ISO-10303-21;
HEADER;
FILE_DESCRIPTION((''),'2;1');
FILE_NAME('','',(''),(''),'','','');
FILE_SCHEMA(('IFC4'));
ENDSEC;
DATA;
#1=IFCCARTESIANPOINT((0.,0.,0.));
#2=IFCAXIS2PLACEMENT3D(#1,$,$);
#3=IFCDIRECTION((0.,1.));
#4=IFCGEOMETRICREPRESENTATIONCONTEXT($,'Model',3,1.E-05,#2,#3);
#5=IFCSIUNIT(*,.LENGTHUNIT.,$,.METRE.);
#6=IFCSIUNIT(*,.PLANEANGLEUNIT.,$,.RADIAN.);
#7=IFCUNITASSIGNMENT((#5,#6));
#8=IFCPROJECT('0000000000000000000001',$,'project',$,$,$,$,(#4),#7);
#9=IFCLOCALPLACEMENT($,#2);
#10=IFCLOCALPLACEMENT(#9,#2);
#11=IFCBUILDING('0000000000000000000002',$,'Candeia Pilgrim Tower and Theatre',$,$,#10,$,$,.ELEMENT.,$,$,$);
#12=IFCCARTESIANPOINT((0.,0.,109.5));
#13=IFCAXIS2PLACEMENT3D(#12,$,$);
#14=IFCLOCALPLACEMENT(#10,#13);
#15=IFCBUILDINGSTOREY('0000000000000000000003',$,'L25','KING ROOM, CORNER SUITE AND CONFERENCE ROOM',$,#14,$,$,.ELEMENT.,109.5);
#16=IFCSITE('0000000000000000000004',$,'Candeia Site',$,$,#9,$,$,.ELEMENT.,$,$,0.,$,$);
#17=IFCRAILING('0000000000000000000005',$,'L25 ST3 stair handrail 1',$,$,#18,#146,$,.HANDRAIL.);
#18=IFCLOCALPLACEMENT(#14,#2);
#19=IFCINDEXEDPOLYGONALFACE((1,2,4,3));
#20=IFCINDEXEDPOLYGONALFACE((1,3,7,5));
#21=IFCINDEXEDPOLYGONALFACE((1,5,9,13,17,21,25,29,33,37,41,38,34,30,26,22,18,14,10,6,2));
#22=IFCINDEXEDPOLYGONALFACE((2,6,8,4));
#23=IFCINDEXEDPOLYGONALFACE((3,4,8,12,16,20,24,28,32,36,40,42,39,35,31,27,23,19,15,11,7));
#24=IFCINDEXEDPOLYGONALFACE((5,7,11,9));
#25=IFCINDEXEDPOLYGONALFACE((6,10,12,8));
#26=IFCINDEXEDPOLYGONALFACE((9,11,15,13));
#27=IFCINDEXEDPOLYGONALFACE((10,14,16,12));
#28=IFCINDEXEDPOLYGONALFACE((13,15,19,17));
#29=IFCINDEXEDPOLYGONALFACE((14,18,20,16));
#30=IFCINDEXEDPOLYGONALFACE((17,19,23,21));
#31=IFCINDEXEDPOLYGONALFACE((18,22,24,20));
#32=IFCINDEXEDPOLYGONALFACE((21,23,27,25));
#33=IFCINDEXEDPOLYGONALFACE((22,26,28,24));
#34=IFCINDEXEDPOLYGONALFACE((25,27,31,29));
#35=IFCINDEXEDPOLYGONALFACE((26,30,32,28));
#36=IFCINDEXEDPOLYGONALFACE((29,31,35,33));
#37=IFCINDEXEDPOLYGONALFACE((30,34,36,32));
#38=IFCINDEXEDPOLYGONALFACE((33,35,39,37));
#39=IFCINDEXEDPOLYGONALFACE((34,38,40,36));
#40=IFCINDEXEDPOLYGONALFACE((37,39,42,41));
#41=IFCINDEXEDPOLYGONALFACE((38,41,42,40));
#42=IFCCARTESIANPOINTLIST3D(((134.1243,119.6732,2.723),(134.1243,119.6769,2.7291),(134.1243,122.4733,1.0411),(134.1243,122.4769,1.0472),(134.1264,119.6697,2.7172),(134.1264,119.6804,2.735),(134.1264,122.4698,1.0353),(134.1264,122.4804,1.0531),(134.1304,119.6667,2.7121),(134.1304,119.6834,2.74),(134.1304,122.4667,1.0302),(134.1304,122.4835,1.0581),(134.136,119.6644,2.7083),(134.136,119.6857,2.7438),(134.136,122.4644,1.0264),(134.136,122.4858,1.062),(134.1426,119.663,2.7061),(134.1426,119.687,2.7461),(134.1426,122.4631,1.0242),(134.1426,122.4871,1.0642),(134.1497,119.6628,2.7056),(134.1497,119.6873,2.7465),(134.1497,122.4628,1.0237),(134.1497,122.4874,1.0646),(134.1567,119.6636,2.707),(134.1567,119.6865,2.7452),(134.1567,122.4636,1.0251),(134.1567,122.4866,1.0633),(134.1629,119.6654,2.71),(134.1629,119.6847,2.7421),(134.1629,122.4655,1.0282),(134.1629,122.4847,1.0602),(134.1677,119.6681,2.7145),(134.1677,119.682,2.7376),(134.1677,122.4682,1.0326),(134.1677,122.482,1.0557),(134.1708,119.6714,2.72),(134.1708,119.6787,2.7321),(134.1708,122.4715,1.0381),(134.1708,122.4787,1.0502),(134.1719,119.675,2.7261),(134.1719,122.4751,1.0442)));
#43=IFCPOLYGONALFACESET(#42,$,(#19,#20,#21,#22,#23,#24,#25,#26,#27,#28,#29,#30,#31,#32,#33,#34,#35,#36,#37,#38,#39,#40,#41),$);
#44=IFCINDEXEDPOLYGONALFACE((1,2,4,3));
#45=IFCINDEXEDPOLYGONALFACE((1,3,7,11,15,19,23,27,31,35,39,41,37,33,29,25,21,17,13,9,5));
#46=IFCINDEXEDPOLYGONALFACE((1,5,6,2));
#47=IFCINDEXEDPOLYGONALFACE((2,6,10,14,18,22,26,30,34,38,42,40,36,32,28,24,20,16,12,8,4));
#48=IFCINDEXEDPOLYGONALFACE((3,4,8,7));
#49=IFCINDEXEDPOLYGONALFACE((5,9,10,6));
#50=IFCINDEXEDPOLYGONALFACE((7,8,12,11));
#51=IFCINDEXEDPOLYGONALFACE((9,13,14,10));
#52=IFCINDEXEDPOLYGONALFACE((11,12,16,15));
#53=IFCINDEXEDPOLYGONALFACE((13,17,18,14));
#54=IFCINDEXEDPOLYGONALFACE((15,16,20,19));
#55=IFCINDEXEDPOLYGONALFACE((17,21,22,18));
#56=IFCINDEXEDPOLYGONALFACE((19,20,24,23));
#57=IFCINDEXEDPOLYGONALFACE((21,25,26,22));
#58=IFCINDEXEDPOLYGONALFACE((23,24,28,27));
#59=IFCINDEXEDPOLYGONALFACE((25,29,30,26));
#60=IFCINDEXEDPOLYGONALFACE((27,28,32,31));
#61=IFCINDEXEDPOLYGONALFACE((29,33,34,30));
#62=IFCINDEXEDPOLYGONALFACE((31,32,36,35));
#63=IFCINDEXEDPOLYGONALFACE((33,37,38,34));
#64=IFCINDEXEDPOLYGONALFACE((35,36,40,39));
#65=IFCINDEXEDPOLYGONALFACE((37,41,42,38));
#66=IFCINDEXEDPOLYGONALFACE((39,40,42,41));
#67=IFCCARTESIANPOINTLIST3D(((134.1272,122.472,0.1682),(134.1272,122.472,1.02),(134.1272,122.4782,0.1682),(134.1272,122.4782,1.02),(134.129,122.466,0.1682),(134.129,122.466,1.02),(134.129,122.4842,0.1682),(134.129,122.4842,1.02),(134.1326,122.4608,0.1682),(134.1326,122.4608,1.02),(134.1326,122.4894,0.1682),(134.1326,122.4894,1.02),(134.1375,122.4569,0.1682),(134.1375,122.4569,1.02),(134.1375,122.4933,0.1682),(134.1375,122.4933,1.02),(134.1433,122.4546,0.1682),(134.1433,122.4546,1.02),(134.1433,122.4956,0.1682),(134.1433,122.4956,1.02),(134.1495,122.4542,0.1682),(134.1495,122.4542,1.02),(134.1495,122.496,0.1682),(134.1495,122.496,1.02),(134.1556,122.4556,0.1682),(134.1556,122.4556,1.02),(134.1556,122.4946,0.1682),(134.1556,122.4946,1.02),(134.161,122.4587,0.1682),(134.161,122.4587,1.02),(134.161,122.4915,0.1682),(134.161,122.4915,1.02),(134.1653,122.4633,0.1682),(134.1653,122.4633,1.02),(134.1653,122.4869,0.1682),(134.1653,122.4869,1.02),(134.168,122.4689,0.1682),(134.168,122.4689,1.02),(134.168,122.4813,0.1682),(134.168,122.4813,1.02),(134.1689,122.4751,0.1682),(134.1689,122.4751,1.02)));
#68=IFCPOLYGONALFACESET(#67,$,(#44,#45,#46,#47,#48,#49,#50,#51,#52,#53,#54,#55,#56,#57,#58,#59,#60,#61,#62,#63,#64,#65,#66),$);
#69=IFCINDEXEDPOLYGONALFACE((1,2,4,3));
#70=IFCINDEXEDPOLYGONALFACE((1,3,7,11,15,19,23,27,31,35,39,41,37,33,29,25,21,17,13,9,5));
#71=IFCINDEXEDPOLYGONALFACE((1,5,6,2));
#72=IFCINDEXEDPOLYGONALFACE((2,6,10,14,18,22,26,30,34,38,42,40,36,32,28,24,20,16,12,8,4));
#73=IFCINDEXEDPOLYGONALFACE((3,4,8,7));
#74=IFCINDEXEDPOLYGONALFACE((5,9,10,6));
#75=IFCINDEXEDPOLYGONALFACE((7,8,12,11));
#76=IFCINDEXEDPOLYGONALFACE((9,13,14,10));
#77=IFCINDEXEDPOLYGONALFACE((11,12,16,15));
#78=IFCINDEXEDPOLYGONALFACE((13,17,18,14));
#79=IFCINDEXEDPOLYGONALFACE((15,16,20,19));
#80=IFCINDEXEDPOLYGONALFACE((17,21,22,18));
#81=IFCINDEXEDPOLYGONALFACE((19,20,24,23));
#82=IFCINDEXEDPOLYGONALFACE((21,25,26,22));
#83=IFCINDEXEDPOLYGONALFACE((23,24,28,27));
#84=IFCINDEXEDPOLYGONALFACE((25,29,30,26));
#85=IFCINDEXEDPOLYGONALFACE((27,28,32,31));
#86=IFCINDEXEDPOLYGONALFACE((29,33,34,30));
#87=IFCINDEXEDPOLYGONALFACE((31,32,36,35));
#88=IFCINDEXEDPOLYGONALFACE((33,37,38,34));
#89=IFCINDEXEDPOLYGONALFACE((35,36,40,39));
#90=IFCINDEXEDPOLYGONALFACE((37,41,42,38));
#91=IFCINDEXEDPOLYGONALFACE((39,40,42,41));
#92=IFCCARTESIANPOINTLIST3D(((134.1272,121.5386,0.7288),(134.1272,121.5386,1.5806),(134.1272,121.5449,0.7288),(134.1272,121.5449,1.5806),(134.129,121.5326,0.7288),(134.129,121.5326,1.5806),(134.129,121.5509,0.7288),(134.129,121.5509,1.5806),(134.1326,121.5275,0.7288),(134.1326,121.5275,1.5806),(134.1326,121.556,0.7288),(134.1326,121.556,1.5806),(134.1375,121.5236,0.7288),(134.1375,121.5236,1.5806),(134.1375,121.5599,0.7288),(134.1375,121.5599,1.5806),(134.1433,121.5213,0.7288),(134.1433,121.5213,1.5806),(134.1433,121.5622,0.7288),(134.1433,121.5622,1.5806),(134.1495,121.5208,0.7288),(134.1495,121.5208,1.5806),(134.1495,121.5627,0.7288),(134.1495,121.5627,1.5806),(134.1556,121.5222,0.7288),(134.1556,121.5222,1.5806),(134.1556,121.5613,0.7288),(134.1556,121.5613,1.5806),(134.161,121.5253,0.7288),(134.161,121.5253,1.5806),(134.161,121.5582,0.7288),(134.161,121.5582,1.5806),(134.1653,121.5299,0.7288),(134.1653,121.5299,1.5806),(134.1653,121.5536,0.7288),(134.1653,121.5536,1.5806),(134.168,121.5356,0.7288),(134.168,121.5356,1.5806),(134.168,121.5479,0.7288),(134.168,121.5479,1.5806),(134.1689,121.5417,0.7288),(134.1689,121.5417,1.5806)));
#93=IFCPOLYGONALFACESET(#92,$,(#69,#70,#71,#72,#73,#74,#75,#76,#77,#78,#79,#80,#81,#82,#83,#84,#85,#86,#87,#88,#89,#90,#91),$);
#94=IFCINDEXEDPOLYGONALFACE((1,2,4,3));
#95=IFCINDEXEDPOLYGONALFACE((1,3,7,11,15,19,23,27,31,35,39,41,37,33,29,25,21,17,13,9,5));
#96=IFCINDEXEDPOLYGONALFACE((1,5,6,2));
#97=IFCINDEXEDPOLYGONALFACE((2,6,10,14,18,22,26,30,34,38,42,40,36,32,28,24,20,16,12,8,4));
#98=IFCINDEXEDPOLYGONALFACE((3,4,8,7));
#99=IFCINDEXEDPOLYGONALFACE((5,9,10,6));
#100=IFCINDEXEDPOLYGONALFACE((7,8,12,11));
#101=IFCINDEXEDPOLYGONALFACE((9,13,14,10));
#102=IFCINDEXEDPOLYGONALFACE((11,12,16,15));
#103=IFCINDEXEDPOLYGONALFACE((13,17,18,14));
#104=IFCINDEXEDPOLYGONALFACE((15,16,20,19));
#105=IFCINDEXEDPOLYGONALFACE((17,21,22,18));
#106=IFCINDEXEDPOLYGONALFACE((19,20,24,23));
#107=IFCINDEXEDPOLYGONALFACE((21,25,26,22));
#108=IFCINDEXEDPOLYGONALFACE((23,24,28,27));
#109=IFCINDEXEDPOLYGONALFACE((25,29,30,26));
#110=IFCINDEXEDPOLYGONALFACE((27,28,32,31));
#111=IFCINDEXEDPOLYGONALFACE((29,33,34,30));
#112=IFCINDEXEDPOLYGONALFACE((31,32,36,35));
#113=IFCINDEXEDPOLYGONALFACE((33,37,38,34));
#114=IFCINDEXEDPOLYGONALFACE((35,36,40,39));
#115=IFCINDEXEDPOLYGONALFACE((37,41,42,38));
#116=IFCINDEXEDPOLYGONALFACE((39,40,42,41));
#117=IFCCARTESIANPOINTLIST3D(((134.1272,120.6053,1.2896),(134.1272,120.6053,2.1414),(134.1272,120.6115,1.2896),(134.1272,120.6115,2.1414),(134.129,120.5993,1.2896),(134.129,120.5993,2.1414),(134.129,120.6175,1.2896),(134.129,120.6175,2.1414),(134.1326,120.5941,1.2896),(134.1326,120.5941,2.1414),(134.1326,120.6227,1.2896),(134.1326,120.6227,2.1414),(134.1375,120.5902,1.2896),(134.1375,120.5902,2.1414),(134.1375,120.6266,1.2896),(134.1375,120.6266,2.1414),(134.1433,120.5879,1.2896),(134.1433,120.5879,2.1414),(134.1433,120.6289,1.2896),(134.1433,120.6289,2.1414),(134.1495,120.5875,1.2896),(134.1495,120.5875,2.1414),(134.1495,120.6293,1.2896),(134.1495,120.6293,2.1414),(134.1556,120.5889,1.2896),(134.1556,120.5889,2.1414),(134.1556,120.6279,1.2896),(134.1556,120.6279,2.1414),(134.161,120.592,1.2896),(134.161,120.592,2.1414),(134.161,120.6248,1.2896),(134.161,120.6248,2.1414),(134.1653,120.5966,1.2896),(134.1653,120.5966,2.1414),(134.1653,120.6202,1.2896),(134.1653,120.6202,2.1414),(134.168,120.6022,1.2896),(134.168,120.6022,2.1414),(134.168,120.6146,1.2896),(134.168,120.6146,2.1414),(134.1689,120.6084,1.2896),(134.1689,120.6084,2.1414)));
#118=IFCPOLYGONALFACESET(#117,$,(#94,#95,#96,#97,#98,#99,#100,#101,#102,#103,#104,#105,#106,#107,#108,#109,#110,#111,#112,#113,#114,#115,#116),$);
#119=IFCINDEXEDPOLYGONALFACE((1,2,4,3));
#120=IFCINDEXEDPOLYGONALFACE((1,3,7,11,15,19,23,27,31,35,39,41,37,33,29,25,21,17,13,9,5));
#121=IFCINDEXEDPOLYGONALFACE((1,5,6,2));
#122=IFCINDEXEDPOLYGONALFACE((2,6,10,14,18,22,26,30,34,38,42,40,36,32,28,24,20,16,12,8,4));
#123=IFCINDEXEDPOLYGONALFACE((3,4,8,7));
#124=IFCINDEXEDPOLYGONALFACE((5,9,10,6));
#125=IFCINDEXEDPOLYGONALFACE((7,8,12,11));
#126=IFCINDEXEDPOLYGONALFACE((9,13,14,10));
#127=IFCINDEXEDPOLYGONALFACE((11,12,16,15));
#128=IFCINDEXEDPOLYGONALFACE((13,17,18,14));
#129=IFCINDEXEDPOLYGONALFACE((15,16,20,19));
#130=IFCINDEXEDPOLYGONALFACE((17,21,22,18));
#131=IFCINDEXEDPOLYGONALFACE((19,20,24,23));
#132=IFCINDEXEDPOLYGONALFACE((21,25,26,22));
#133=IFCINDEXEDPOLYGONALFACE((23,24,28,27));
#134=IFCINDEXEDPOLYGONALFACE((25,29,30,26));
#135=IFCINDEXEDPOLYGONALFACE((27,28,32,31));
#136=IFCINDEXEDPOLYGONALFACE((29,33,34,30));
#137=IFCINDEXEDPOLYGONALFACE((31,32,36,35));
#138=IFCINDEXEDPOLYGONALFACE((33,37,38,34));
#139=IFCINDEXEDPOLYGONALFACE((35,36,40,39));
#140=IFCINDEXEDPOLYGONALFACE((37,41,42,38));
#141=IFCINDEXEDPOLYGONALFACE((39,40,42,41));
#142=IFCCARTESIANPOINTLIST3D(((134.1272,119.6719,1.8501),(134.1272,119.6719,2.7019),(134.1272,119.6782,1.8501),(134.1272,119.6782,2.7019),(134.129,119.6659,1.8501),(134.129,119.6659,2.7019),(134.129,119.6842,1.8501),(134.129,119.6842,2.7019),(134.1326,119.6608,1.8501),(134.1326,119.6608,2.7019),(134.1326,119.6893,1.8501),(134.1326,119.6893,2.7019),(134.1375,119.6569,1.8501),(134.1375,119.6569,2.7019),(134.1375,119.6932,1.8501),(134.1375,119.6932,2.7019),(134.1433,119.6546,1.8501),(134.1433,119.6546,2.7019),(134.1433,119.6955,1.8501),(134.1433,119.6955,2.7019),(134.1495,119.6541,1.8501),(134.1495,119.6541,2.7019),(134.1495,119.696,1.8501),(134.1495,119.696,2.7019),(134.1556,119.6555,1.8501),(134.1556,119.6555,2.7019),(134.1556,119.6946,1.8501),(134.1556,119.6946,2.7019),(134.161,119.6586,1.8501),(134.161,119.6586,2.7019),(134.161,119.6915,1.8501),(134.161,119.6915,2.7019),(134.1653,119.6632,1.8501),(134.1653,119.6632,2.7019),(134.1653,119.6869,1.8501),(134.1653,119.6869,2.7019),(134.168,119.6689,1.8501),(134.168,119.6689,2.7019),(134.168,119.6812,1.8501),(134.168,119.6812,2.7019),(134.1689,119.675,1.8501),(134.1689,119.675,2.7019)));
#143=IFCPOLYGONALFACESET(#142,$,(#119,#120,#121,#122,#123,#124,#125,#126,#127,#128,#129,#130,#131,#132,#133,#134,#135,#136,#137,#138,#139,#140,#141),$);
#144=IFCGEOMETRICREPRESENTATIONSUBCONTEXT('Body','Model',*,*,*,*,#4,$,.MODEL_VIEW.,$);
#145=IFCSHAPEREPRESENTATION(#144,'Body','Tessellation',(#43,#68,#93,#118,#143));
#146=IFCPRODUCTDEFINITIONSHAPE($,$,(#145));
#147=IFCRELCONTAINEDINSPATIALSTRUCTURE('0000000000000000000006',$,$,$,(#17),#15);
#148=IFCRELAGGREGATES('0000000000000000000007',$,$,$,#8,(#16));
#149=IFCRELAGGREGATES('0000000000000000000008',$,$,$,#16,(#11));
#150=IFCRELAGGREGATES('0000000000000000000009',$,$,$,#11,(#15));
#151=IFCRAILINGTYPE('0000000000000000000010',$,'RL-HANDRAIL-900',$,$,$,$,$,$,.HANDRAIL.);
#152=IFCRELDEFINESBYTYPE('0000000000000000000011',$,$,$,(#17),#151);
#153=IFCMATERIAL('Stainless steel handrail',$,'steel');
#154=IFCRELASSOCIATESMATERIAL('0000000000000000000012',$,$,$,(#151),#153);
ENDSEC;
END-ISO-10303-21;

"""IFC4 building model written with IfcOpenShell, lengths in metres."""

from ifc_helpers import new_model, si_unit, direction, frame, origin, origin_2d, place, context, subcontext, project, spatial, circle, extrude, material, type_object, element, save


model = new_model("IFC4")

# Units and contexts
model_context = context("Model", 3, precision=1e-05, world=origin(), true_north=direction((0.0, 1.0)))
body_context = subcontext(model_context, "Body", "Model", "MODEL_VIEW")
ifc_project = project(units=[si_unit("LENGTHUNIT", "METRE"), si_unit("PLANEANGLEUNIT", "RADIAN")], contexts=[model_context])

# Site, building, storey
site_placement = place(None, origin())
site = spatial("IfcSite", under=ifc_project, at=site_placement, Name="Candeia Site", CompositionType="ELEMENT", RefElevation=0.0)
building_placement = place(site_placement, origin())
building = spatial("IfcBuilding", under=site, at=building_placement, Name="Candeia Pilgrim Tower and Theatre", CompositionType="ELEMENT")
storey_placement = place(building_placement, frame((0.0, 0.0, 109.5)))
storey = spatial("IfcBuildingStorey", under=building, at=storey_placement, Name="L25", Description="KING ROOM, CORNER SUITE AND CONFERENCE ROOM", CompositionType="ELEMENT", Elevation=109.5)

# Railing
ifc_material_1 = material(Name="Stainless steel handrail", Category="steel")
railing_type_1 = type_object("IfcRailingType", Name="RL-HANDRAIL-900", PredefinedType="HANDRAIL", material=ifc_material_1)
railing_1_placement = place(storey_placement, frame((134.1479, 122.4751, 0.1682)))
element("IfcRailing", 1, at=railing_1_placement, inside=storey, type_object=railing_type_1, Name="L25 ST3 stair handrail 1", PredefinedType="HANDRAIL", context=body_context, shape_type="SweptSolid", body=[
    extrude(circle(Radius=0.0239, at=origin_2d()), frame((0.0, 0.0, 0.876), z_axis=(0.0, -0.857242, 0.514913), x_axis=(1.0, 0.0, 0.0)), (0.0, 0.0, 1.0), 3.2664),
    extrude(circle(Radius=0.021, at=origin_2d()), origin(), (0.0, 0.0, 1.0), 0.8518),
    extrude(circle(Radius=0.021, at=origin_2d()), frame((0.0, -0.9333, 0.5605)), (0.0, 0.0, 1.0), 0.8518),
    extrude(circle(Radius=0.021, at=origin_2d()), frame((0.0, -1.8667, 1.1213)), (0.0, 0.0, 1.0), 0.8518),
    extrude(circle(Radius=0.021, at=origin_2d()), frame((0.0, -2.8, 1.6819)), (0.0, 0.0, 1.0), 0.8518),
])

save(model, "model.ifc")
